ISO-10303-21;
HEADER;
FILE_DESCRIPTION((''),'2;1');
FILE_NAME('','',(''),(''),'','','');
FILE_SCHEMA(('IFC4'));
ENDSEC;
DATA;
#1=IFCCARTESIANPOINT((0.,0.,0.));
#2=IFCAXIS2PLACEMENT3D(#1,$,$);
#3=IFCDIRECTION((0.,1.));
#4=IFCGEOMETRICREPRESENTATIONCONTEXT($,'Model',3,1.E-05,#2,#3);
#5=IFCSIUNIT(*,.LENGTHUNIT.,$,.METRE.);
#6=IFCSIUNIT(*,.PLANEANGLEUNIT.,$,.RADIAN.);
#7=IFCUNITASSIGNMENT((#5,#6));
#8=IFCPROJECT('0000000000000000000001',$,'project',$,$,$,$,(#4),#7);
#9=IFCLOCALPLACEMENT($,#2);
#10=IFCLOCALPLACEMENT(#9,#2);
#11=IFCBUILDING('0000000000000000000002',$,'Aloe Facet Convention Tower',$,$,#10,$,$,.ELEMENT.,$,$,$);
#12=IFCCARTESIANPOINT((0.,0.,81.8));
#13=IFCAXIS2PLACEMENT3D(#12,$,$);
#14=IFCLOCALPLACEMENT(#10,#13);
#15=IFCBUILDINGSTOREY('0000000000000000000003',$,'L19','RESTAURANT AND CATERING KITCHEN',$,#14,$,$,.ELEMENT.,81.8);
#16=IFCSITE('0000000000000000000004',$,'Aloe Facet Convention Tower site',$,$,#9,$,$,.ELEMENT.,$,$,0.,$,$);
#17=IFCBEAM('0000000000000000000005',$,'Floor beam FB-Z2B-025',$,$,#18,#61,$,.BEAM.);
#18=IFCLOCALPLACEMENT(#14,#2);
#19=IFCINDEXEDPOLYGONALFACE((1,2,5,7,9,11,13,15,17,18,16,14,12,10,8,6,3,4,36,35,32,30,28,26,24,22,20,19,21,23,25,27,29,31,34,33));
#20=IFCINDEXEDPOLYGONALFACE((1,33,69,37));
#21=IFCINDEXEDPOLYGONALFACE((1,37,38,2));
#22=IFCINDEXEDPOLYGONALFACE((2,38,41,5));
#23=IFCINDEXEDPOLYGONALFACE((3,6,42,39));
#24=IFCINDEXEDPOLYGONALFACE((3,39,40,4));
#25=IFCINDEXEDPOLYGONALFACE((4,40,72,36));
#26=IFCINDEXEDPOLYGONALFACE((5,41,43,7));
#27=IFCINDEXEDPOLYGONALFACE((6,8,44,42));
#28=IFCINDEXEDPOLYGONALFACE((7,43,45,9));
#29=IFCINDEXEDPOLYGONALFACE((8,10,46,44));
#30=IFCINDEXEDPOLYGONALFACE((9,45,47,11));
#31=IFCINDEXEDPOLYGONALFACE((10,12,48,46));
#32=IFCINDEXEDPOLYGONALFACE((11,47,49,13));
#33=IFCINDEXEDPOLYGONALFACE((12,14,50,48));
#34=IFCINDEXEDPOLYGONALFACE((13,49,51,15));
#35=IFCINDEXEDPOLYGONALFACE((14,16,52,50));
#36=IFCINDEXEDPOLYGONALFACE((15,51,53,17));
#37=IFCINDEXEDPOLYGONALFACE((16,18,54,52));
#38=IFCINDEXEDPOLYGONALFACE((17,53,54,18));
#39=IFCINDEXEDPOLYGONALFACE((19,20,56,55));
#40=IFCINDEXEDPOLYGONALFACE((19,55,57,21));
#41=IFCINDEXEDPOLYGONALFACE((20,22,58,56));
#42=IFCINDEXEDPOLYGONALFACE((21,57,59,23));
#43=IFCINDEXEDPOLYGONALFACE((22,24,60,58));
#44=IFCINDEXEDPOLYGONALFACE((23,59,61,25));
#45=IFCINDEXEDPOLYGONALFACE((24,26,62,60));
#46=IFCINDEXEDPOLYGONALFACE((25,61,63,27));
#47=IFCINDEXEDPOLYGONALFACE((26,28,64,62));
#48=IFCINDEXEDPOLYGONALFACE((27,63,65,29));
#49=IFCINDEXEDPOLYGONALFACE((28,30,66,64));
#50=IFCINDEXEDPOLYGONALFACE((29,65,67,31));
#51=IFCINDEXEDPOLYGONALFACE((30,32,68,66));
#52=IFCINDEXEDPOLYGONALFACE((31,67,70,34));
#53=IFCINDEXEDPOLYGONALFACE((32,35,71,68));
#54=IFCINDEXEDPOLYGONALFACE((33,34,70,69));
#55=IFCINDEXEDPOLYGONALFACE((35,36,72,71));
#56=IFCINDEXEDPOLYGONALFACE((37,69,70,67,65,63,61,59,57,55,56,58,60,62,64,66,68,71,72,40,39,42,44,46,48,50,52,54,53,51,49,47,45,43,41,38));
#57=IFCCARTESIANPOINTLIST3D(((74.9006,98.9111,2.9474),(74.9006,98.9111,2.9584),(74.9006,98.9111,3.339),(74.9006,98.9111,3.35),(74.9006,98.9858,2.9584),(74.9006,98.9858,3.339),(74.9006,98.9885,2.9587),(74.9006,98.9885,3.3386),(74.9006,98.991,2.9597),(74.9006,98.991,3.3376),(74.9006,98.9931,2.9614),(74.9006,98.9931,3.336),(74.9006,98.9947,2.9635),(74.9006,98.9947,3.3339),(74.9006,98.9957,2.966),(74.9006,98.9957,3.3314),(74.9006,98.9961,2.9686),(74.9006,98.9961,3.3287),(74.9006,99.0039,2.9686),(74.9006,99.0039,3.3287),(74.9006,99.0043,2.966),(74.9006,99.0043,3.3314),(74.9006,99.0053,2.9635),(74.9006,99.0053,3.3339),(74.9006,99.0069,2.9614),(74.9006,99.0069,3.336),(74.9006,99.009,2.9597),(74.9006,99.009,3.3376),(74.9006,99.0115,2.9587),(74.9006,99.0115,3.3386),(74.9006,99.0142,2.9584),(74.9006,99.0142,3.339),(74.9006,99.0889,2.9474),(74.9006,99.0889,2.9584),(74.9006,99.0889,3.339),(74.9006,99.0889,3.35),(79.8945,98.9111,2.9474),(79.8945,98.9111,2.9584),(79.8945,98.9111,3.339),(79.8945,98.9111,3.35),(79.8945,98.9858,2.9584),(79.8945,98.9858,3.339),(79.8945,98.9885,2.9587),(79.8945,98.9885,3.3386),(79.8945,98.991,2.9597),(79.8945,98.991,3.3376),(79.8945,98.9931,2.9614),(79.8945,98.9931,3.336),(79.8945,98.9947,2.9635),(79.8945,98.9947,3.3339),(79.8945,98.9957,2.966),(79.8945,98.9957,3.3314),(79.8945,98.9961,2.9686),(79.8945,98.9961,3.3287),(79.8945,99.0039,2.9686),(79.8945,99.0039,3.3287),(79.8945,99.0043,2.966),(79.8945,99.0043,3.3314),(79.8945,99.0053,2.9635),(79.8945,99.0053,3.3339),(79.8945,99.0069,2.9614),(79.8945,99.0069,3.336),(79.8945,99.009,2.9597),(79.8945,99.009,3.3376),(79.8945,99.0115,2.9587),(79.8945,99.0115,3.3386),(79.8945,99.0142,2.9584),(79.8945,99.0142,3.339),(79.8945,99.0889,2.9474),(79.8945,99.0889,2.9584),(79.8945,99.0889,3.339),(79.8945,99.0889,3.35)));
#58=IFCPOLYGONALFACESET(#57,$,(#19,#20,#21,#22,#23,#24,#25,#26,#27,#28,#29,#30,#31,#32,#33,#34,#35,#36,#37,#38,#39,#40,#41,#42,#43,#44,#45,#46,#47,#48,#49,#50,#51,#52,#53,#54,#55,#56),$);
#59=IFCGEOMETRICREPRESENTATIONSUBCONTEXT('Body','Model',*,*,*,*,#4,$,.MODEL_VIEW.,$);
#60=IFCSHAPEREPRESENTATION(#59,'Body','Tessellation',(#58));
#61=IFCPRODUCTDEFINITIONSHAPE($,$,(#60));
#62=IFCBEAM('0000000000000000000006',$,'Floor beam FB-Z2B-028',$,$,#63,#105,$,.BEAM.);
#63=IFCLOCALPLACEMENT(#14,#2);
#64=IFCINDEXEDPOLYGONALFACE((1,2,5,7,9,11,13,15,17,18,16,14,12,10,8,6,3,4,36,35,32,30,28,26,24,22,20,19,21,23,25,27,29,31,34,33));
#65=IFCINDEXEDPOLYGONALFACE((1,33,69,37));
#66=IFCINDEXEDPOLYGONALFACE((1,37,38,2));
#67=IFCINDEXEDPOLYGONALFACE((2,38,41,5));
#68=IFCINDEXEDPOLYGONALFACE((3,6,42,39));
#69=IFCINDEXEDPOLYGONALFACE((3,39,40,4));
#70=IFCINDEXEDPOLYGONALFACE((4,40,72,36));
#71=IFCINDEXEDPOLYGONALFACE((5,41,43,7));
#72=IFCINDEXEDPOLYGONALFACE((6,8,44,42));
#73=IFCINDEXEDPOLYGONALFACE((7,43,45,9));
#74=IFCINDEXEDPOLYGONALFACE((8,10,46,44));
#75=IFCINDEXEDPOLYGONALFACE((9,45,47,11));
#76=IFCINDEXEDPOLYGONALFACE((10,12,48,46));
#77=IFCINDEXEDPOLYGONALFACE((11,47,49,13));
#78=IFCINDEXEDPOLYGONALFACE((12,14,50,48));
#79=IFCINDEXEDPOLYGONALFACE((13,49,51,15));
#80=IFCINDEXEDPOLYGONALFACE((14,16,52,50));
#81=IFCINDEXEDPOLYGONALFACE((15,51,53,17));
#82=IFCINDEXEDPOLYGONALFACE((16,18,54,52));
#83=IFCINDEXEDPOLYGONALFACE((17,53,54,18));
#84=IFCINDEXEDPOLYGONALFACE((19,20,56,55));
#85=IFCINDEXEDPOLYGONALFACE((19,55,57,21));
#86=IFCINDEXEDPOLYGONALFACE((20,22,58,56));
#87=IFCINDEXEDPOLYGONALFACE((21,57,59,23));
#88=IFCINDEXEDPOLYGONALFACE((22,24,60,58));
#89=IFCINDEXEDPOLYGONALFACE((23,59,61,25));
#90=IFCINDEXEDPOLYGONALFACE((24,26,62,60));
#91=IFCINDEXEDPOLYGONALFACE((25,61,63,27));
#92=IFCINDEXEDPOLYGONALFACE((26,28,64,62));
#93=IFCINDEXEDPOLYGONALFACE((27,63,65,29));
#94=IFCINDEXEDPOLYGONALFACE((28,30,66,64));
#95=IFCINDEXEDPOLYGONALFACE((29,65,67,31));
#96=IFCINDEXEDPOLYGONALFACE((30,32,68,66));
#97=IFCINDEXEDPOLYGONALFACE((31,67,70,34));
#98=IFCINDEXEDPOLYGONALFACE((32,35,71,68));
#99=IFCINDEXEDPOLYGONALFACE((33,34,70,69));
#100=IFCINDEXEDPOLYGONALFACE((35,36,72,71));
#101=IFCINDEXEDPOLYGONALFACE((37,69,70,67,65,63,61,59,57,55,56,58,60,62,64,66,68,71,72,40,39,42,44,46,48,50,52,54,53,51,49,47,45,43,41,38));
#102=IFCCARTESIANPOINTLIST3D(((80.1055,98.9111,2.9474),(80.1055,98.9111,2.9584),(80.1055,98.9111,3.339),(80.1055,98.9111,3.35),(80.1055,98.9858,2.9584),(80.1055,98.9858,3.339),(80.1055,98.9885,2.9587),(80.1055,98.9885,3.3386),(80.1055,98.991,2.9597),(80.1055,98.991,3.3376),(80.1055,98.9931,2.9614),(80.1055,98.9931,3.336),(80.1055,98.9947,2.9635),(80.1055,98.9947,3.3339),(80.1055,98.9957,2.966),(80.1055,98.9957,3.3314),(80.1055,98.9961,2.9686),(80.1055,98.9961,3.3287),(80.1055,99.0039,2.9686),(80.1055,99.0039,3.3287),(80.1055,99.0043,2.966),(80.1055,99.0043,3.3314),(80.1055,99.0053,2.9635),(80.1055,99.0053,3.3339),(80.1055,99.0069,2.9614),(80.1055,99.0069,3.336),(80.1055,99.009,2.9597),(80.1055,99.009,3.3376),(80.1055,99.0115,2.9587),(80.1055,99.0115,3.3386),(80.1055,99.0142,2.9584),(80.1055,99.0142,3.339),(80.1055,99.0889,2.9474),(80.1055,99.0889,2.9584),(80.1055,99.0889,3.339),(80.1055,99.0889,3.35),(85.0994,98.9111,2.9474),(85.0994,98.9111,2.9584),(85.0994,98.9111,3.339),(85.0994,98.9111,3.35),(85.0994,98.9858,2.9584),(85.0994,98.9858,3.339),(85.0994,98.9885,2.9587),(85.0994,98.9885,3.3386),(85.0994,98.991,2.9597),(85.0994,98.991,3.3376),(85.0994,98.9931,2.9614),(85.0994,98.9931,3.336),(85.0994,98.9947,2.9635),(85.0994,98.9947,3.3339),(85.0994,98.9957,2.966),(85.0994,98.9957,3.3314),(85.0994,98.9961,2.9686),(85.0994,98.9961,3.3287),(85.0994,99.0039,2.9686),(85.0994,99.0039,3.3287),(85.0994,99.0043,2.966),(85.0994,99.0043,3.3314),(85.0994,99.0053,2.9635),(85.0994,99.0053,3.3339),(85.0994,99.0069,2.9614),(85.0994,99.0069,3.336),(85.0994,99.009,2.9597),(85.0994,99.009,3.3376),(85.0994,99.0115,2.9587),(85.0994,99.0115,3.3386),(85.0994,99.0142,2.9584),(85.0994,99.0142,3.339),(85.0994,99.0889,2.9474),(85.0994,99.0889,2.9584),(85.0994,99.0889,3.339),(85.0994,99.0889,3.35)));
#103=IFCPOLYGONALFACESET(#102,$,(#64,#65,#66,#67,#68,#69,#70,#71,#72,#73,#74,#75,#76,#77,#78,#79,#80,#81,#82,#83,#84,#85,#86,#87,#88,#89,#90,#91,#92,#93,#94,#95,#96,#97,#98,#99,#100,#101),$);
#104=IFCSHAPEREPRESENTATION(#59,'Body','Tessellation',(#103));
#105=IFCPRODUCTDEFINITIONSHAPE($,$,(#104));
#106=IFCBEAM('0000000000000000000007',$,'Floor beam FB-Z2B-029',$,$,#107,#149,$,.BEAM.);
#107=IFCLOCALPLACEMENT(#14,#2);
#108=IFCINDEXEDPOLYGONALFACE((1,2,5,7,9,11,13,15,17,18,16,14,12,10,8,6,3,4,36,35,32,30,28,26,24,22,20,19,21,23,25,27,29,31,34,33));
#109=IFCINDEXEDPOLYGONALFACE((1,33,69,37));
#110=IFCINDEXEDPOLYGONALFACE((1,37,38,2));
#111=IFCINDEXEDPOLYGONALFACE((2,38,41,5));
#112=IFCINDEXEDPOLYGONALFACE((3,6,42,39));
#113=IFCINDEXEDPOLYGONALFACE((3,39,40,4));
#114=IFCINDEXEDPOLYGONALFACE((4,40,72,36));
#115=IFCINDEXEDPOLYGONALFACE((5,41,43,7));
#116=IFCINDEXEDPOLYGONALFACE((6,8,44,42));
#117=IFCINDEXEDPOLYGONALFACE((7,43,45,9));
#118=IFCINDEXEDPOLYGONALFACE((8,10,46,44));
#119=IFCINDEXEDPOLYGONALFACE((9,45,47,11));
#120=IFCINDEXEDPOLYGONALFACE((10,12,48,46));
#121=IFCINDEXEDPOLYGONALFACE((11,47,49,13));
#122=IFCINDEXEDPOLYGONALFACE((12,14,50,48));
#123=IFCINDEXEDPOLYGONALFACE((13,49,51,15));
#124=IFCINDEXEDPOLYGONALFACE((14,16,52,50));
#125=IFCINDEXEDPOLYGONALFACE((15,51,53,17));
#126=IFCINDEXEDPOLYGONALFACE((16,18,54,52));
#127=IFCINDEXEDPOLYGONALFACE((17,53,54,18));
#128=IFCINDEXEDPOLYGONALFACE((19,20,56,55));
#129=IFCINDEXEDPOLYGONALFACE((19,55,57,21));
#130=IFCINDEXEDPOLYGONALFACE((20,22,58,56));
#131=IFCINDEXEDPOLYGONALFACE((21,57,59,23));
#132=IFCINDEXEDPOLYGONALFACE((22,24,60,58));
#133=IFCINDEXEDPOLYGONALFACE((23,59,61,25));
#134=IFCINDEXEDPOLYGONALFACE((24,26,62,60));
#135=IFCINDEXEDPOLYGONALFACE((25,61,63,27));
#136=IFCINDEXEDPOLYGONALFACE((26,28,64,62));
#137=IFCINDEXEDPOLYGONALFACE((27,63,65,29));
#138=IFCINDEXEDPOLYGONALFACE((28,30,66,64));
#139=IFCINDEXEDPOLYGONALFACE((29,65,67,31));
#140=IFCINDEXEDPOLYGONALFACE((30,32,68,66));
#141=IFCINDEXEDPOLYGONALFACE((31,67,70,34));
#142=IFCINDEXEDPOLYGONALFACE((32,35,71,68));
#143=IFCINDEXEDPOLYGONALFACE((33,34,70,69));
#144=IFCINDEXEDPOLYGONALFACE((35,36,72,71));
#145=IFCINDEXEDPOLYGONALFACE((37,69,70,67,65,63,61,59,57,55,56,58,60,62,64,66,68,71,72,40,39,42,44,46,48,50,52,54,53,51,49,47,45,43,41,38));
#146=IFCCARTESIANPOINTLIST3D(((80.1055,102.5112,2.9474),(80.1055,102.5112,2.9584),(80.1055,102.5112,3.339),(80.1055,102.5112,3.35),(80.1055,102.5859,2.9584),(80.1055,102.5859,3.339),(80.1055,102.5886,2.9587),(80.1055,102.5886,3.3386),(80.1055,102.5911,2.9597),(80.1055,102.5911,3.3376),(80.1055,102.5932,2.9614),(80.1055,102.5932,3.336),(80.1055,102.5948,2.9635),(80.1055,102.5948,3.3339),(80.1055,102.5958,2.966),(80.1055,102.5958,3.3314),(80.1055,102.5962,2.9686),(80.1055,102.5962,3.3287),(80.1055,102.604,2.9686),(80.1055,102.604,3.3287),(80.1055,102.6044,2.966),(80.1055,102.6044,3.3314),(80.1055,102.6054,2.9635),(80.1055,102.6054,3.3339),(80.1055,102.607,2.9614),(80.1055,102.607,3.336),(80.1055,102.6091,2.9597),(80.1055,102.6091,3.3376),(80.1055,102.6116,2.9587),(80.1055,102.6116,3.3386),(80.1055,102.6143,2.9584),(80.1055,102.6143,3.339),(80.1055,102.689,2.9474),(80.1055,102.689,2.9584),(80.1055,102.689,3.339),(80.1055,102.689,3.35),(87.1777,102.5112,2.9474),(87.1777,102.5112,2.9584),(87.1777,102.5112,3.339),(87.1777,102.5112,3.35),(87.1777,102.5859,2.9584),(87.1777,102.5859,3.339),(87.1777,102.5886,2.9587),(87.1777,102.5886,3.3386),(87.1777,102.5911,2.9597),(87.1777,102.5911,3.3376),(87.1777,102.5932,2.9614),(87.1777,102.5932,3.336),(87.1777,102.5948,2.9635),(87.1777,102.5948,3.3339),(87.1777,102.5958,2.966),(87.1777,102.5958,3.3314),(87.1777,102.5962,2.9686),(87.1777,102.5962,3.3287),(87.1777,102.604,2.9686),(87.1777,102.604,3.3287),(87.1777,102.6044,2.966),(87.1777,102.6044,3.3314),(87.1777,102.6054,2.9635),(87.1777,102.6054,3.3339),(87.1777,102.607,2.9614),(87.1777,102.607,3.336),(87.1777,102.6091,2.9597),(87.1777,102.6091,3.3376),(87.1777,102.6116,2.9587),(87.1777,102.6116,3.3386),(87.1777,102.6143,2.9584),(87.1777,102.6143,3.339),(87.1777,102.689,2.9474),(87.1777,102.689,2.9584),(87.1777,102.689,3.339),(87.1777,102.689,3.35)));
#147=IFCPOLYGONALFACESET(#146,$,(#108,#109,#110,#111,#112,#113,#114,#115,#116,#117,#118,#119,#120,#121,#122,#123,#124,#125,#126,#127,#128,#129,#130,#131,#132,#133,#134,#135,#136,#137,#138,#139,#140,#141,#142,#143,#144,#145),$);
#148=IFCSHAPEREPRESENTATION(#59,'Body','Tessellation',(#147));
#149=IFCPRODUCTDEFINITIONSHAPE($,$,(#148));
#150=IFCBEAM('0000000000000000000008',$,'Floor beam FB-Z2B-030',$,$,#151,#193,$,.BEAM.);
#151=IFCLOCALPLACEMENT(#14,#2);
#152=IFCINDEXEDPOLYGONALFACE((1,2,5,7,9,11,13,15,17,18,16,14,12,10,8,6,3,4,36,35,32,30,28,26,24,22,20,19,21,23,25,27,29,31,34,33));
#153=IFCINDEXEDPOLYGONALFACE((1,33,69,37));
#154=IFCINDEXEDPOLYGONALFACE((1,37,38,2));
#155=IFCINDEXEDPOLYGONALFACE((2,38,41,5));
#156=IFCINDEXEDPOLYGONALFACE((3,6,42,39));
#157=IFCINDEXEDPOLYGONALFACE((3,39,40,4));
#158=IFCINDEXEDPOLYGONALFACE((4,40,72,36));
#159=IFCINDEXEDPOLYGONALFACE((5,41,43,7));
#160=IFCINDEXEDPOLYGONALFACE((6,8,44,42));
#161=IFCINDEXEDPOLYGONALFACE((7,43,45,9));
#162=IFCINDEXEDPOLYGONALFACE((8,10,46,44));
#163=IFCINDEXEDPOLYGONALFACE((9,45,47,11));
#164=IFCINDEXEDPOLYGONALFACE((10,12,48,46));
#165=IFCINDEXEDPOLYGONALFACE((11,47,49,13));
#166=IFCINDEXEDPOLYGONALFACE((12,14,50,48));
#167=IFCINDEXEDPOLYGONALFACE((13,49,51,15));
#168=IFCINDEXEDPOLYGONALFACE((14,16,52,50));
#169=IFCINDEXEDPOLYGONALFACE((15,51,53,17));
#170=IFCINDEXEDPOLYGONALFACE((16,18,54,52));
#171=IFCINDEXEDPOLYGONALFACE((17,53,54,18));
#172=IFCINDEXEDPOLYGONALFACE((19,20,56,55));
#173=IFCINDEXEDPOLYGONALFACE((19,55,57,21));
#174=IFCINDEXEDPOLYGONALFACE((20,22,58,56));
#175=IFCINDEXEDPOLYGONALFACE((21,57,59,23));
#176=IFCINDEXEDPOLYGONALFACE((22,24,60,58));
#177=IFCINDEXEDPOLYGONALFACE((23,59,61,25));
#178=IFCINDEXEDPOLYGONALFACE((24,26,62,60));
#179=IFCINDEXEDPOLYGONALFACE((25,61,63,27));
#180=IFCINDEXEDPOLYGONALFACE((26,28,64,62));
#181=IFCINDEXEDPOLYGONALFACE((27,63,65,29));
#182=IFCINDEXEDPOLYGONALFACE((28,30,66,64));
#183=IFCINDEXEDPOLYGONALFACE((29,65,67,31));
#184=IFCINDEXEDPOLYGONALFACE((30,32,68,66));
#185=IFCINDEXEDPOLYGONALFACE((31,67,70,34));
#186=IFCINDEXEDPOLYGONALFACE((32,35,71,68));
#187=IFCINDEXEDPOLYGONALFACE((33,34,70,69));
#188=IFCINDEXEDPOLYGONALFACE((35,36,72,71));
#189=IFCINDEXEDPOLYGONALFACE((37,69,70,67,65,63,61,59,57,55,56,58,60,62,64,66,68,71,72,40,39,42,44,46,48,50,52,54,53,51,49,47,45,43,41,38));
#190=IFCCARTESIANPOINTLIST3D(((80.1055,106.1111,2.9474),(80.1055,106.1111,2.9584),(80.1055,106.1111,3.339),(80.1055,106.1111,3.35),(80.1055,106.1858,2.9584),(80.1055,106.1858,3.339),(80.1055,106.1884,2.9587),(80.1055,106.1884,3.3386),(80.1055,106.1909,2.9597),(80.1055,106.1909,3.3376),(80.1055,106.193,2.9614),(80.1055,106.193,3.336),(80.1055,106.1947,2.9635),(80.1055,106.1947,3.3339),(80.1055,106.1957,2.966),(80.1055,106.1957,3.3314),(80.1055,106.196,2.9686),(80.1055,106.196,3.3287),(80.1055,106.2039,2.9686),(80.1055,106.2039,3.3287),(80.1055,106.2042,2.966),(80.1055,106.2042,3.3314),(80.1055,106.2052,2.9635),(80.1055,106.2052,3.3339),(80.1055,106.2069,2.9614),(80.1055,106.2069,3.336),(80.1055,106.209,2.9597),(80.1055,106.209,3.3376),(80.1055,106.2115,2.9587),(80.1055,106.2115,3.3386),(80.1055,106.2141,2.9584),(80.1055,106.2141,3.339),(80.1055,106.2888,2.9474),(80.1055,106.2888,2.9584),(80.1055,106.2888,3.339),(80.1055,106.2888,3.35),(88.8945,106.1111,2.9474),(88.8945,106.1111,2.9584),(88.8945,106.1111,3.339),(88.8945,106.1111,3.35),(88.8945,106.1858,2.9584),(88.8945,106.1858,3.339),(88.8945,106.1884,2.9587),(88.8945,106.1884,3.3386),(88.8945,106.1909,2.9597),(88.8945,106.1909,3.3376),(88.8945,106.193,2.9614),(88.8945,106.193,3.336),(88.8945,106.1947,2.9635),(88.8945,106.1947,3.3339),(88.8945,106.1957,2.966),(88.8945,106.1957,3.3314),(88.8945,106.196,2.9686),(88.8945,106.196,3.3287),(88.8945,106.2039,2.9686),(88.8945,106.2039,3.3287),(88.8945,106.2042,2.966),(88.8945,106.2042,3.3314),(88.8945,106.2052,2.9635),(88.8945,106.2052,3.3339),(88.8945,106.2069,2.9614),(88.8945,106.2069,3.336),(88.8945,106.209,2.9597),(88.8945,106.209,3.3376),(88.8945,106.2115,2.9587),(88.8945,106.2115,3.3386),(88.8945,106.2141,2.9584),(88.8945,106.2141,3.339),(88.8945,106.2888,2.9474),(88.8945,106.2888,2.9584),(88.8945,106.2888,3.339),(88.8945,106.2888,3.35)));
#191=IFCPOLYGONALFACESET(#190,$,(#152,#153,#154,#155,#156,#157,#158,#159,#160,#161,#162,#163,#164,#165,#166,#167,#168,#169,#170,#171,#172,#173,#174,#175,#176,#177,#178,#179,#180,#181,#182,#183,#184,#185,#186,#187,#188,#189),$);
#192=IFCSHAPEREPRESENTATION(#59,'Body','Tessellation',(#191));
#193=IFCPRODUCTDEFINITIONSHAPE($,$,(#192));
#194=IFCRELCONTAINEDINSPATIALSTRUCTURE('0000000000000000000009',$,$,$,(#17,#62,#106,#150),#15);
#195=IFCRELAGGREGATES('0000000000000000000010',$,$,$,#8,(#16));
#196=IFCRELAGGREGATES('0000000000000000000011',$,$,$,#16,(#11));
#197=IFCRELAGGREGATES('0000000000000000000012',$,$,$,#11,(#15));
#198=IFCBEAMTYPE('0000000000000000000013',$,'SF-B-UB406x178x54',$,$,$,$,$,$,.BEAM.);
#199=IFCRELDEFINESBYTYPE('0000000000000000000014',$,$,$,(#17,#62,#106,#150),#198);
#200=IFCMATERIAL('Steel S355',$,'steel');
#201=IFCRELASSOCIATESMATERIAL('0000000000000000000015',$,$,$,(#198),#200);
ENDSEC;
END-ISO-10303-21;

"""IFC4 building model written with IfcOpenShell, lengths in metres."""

from ifc_helpers import new_model, si_unit, direction, frame, origin, origin_2d, place, context, subcontext, project, spatial, i_section, extrude, material, material_profile, profile_set, type_object, element, save


model = new_model("IFC4")

# Units and contexts
model_context = context("Model", 3, precision=1e-05, world=origin(), true_north=direction((0.0, 1.0)))
body_context = subcontext(model_context, "Body", "Model", "MODEL_VIEW")
ifc_project = project(units=[si_unit("LENGTHUNIT", "METRE"), si_unit("PLANEANGLEUNIT", "RADIAN")], contexts=[model_context])

# Site, building, storey
site_placement = place(None, origin())
site = spatial("IfcSite", under=ifc_project, at=site_placement, Name="Aloe Facet Convention Tower site", CompositionType="ELEMENT", RefElevation=0.0)
building_placement = place(site_placement, origin())
building = spatial("IfcBuilding", under=site, at=building_placement, Name="Aloe Facet Convention Tower", CompositionType="ELEMENT")
storey_placement = place(building_placement, frame((0.0, 0.0, 81.8)))
storey = spatial("IfcBuildingStorey", under=building, at=storey_placement, Name="L19", Description="RESTAURANT AND CATERING KITCHEN", CompositionType="ELEMENT", Elevation=81.8)

# Beams
ifc_material_1 = material(Name="Steel S355", Category="steel")
ifc_material_profile_1 = material_profile(ifc_material_1, i_section(OverallWidth=0.1777, OverallDepth=0.4026, WebThickness=0.0078, FlangeThickness=0.011, FilletRadius=0.0103, at=origin_2d()), Name="UB 406x178x54")
ifc_profile_set_1 = profile_set([ifc_material_profile_1], Name="Steel S355")
beam_type_1 = type_object("IfcBeamType", Name="SF-B-UB406x178x54", PredefinedType="BEAM", material=ifc_profile_set_1)
for number, where, z_axis, x_axis, name in (
    (1, (74.9006, 99.0, 3.1487), (1.0, 0.0, 0.0), (0.0, 1.0, 0.0), "Floor beam FB-Z2B-025"),
    (2, (80.1055, 99.0, 3.1487), (1.0, 0.0, 0.0), (0.0, 1.0, 0.0), "Floor beam FB-Z2B-028"),
):
    element("IfcBeam", number, at=place(storey_placement, frame(where, z_axis=z_axis, x_axis=x_axis)), inside=storey, type_object=beam_type_1, Name=name, PredefinedType="BEAM", context=body_context, shape_type="SweptSolid", body=[
        extrude(i_section(OverallWidth=0.1777, OverallDepth=0.4026, WebThickness=0.0078, FlangeThickness=0.011, FilletRadius=0.0103, at=origin_2d()), origin(), (0.0, 0.0, 1.0), 4.9939),
    ])
beam_1_placement = place(storey_placement, frame((80.1055, 102.6001, 3.1487), z_axis=(1.0, 0.0, 0.0), x_axis=(0.0, 1.0, 0.0)))
element("IfcBeam", 3, at=beam_1_placement, inside=storey, type_object=beam_type_1, Name="Floor beam FB-Z2B-029", PredefinedType="BEAM", context=body_context, shape_type="SweptSolid", body=[
    extrude(i_section(OverallWidth=0.1777, OverallDepth=0.4026, WebThickness=0.0078, FlangeThickness=0.011, FilletRadius=0.0103, at=origin_2d()), origin(), (0.0, 0.0, 1.0), 7.0723),
])
beam_2_placement = place(storey_placement, frame((80.1055, 106.2, 3.1487), z_axis=(1.0, 0.0, 0.0), x_axis=(0.0, 1.0, 0.0)))
element("IfcBeam", 4, at=beam_2_placement, inside=storey, type_object=beam_type_1, Name="Floor beam FB-Z2B-030", PredefinedType="BEAM", context=body_context, shape_type="SweptSolid", body=[
    extrude(i_section(OverallWidth=0.1777, OverallDepth=0.4026, WebThickness=0.0078, FlangeThickness=0.011, FilletRadius=0.0103, at=origin_2d()), origin(), (0.0, 0.0, 1.0), 8.7891),
])

save(model, "model.ifc")
